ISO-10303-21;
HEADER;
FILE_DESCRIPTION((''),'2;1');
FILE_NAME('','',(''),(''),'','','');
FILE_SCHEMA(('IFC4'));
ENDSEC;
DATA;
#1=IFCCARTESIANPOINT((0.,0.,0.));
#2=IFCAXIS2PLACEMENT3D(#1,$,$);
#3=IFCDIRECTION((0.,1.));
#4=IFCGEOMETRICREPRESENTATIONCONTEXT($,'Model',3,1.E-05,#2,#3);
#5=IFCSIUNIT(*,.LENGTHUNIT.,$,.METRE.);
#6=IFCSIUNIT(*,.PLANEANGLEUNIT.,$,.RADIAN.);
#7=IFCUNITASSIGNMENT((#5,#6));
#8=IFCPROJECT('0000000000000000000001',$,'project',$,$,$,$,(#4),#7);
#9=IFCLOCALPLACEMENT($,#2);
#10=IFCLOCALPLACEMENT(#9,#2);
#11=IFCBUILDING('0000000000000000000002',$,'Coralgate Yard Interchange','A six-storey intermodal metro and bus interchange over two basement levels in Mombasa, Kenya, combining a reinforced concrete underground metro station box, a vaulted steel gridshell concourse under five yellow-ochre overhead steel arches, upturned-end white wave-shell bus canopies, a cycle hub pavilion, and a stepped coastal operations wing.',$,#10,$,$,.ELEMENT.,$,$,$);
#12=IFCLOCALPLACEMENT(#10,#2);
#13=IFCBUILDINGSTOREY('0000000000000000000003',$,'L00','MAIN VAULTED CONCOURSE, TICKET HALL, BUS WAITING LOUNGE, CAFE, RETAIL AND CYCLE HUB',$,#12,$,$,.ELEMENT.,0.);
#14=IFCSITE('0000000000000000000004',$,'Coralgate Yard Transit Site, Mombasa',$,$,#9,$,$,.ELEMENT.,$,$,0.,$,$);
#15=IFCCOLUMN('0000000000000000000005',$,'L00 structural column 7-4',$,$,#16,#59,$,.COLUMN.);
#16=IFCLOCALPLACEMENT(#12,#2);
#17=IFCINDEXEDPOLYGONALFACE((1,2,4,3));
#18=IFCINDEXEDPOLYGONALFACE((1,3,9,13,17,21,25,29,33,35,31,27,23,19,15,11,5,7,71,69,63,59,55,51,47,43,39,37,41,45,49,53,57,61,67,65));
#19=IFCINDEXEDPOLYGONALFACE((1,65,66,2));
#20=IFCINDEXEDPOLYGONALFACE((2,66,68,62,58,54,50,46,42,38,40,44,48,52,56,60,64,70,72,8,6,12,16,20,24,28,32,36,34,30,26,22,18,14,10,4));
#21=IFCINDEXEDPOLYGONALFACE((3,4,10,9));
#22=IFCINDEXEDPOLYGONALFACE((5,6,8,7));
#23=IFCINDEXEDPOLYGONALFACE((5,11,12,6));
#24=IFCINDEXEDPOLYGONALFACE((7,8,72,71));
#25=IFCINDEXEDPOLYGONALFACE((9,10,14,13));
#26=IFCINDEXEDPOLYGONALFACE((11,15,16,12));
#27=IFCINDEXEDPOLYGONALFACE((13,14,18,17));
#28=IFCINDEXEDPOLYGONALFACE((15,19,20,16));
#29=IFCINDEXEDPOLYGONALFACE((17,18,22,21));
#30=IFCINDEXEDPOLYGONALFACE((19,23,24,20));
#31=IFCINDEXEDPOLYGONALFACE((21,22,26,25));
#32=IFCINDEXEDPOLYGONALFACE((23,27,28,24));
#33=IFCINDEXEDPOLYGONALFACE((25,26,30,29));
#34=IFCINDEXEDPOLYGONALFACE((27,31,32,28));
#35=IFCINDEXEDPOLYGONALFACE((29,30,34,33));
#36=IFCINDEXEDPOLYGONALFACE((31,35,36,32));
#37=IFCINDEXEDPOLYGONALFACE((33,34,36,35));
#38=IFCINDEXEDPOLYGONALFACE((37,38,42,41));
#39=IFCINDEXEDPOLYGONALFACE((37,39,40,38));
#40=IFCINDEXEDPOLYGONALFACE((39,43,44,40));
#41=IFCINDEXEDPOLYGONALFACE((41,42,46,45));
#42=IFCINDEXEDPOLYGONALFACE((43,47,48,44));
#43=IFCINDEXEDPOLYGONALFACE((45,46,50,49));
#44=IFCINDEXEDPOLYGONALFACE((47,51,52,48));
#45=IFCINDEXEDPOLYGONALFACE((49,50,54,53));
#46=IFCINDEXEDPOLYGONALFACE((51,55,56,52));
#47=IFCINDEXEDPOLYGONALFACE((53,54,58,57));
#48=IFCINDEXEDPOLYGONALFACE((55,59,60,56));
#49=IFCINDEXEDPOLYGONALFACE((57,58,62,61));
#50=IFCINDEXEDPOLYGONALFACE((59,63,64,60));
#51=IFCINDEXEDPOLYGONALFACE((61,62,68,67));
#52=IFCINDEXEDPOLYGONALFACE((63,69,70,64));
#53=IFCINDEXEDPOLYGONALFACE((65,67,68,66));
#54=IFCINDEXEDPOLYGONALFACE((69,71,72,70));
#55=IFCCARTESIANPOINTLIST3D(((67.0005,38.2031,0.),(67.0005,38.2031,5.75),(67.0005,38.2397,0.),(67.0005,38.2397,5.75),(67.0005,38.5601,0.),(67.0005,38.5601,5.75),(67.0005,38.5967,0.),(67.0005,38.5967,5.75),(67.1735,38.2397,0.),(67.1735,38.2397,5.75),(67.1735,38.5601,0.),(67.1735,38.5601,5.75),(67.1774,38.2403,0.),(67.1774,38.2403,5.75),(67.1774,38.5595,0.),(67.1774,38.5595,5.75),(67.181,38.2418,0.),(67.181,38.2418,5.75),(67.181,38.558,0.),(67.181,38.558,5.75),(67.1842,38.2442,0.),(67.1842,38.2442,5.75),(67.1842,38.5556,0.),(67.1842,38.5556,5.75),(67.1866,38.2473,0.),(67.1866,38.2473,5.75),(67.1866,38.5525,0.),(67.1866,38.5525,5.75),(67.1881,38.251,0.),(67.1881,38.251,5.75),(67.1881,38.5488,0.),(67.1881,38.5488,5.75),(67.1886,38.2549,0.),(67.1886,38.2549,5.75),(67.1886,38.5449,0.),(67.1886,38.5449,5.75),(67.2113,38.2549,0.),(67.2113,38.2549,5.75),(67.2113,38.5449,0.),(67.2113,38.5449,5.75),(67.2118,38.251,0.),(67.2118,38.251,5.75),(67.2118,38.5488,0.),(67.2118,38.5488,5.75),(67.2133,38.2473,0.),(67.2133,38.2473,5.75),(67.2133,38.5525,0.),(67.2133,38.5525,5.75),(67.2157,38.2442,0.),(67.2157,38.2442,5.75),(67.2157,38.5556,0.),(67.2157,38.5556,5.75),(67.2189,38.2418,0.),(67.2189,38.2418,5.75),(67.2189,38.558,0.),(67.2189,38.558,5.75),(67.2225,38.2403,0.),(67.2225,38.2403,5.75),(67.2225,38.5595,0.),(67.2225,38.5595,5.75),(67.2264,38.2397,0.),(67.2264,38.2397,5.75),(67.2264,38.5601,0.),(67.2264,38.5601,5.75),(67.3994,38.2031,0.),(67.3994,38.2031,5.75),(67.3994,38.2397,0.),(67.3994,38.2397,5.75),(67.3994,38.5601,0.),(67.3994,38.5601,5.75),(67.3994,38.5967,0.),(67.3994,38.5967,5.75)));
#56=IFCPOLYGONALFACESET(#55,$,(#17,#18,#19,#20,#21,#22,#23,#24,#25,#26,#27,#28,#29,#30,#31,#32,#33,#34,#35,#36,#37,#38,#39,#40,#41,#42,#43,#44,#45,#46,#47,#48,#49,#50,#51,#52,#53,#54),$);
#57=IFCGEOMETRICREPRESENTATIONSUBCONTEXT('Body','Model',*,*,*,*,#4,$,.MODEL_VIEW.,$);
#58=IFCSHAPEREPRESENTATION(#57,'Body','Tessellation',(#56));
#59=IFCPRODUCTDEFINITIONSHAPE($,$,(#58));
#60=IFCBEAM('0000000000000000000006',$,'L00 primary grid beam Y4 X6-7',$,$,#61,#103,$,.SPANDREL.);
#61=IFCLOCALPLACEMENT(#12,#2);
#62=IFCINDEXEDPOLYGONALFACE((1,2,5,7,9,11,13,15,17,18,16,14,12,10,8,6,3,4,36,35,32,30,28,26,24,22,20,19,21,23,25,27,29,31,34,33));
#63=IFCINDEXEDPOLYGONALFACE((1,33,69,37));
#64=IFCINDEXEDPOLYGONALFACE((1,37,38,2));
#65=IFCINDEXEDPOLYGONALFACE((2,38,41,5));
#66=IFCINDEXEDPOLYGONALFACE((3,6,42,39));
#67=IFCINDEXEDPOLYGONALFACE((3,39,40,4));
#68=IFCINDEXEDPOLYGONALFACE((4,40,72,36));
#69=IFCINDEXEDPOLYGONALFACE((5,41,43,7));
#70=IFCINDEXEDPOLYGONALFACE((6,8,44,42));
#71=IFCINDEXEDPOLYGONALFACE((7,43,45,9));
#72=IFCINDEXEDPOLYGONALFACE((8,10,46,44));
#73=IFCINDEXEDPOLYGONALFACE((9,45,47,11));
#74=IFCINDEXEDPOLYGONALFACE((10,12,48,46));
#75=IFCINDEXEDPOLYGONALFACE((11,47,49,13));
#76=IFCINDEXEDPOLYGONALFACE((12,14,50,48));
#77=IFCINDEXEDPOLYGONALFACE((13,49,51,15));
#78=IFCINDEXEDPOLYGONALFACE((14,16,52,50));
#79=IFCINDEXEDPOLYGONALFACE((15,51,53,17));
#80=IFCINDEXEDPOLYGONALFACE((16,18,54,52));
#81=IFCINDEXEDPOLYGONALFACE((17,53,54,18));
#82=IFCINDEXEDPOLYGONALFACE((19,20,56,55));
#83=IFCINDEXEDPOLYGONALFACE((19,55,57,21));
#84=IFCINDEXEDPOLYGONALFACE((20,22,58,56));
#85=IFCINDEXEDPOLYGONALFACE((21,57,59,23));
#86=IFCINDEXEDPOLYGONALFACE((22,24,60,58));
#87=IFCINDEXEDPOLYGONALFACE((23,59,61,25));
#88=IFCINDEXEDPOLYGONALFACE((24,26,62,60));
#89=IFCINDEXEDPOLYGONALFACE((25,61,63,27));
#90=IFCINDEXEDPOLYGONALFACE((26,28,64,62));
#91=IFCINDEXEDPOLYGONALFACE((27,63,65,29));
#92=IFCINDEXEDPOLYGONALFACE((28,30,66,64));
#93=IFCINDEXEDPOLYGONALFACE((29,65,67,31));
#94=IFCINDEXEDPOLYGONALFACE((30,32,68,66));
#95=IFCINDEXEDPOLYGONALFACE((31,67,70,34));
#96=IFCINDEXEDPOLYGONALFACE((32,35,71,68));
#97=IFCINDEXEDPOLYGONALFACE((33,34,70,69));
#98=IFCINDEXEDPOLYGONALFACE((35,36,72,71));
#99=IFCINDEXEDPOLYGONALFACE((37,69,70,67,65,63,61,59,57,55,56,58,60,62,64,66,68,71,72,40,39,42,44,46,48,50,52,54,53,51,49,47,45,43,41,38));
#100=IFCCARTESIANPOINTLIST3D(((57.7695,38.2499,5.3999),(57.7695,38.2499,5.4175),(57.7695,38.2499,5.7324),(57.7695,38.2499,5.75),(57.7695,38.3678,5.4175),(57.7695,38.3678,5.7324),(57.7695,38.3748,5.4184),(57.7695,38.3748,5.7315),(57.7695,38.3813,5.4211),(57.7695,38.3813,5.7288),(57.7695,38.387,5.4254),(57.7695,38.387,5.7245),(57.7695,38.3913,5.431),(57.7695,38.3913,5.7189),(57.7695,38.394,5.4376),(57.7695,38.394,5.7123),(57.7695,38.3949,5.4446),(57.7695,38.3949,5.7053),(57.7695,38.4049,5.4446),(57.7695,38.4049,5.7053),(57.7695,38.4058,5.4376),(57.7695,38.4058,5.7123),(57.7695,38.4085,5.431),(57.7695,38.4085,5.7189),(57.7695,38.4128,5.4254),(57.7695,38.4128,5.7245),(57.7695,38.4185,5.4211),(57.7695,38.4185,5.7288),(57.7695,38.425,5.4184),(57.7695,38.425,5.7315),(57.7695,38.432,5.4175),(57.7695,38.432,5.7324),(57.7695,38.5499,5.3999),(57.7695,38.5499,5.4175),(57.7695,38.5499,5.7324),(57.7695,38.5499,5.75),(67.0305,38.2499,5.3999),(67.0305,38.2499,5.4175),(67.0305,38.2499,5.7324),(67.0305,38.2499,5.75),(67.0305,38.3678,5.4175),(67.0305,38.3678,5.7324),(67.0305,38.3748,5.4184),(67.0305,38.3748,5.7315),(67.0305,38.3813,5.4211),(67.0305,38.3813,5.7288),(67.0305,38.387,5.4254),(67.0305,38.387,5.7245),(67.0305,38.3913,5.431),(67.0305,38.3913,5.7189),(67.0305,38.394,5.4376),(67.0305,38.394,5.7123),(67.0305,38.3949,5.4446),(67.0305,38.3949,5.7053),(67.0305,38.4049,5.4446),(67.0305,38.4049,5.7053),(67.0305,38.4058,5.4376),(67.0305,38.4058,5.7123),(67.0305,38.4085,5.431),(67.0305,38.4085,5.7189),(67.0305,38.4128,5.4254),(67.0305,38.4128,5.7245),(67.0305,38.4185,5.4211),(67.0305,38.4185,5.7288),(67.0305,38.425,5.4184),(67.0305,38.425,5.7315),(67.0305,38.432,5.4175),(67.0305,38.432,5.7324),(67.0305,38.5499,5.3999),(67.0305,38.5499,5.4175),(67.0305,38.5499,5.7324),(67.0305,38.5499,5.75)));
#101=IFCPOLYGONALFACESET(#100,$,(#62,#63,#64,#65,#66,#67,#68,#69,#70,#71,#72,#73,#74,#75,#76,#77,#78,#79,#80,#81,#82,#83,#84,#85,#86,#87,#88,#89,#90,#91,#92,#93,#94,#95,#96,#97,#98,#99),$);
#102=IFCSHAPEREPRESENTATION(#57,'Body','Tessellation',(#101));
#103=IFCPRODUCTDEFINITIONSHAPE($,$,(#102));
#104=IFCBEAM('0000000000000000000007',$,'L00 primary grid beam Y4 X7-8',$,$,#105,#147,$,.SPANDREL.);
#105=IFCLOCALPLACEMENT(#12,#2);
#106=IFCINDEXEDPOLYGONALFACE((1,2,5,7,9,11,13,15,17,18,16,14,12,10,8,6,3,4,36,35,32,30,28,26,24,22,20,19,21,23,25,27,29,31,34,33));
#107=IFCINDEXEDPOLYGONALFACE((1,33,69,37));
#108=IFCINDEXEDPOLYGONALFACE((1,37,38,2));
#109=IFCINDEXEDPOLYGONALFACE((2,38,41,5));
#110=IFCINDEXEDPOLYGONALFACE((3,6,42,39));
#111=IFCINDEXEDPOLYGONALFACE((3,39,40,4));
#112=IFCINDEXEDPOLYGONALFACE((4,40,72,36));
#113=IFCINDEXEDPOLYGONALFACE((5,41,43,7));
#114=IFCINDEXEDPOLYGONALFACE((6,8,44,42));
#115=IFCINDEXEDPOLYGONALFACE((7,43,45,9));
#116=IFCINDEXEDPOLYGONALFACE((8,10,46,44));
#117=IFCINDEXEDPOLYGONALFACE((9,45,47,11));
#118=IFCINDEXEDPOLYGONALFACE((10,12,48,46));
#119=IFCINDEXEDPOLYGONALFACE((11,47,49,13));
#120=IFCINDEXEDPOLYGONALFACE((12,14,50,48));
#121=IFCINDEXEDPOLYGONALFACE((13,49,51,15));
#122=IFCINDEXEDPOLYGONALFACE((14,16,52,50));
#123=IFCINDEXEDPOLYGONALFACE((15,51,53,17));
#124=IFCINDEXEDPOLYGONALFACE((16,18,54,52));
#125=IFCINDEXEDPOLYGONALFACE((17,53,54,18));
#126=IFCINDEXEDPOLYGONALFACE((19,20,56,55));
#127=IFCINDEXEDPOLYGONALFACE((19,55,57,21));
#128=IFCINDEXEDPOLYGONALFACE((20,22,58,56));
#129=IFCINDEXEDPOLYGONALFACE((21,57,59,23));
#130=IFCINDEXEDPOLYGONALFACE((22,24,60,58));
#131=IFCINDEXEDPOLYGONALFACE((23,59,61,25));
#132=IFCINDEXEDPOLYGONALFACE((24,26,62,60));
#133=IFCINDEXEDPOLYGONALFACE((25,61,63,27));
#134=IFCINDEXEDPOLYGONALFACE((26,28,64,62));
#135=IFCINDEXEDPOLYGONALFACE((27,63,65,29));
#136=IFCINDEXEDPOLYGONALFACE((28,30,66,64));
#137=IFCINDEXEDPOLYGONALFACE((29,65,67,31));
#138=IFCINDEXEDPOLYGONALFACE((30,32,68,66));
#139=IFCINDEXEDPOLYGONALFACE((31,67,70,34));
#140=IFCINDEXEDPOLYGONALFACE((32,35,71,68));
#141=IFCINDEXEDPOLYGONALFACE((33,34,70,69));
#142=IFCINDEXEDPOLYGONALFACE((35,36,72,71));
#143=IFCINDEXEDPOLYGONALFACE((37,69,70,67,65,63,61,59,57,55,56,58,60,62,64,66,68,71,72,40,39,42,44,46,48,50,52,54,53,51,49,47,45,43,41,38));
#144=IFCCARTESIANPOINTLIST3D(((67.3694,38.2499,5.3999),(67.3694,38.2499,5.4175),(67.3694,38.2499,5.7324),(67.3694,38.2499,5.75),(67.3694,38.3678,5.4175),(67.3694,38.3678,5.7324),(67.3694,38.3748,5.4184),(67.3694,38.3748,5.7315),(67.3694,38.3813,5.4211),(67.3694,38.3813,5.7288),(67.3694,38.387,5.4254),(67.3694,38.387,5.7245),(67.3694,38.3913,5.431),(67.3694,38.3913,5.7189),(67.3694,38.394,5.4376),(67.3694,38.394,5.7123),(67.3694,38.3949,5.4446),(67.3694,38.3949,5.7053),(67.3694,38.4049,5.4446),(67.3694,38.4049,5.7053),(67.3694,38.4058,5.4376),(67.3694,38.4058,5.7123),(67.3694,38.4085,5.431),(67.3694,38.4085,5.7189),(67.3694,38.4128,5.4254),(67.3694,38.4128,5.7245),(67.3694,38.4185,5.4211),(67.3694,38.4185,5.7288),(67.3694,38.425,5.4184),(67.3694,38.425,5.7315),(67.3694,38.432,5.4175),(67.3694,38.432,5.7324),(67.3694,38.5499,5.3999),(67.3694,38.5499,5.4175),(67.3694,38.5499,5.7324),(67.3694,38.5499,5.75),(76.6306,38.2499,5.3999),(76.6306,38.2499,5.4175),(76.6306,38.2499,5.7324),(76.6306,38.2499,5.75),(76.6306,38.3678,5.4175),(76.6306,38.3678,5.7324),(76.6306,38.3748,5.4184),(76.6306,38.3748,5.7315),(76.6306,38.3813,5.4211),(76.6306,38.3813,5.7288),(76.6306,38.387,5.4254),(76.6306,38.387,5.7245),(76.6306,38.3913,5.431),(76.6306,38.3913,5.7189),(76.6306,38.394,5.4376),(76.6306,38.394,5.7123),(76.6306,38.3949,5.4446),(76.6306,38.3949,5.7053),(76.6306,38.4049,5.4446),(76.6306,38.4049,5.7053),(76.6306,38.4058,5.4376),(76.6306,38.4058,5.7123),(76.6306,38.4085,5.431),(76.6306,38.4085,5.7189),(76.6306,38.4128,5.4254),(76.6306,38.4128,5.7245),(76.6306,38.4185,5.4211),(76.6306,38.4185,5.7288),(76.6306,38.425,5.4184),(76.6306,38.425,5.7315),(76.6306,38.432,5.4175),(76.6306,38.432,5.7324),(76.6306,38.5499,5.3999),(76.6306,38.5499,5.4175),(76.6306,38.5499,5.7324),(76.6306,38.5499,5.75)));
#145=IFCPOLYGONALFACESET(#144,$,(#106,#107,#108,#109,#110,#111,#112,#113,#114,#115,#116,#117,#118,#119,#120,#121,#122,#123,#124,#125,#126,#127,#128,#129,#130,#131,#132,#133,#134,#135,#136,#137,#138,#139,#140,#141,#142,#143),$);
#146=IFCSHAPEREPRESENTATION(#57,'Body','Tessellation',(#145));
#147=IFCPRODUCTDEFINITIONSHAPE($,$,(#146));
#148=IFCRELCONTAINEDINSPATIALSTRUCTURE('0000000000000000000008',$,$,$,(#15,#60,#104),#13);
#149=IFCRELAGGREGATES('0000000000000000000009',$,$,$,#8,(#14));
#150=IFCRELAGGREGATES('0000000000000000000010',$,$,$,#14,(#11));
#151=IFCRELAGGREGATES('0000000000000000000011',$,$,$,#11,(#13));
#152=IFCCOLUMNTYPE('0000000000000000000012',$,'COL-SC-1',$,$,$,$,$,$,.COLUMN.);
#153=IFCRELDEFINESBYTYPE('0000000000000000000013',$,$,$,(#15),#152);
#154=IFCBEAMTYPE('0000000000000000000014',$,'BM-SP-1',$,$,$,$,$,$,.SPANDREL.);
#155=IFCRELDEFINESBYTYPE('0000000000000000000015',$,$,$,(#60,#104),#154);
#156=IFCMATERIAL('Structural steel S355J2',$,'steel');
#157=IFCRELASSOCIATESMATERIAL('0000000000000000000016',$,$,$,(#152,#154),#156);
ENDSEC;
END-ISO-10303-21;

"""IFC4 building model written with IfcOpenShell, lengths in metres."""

from ifc_helpers import new_model, si_unit, direction, frame, origin, origin_2d, place, context, subcontext, project, spatial, i_section, extrude, material, material_profile, profile_set, type_object, element, save


model = new_model("IFC4")

# Units and contexts
model_context = context("Model", 3, precision=1e-05, world=origin(), true_north=direction((0.0, 1.0)))
body_context = subcontext(model_context, "Body", "Model", "MODEL_VIEW")
ifc_project = project(units=[si_unit("LENGTHUNIT", "METRE"), si_unit("PLANEANGLEUNIT", "RADIAN")], contexts=[model_context])

# Site, building, storey
site_placement = place(None, origin())
site = spatial("IfcSite", under=ifc_project, at=site_placement, Name="Coralgate Yard Transit Site, Mombasa", CompositionType="ELEMENT", RefElevation=0.0)
building_placement = place(site_placement, origin())
building = spatial("IfcBuilding", under=site, at=building_placement, Name="Coralgate Yard Interchange", Description="A six-storey intermodal metro and bus interchange over two basement levels in Mombasa, Kenya, combining a reinforced concrete underground metro station box, a vaulted steel gridshell concourse under five yellow-ochre overhead steel arches, upturned-end white wave-shell bus canopies, a cycle hub pavilion, and a stepped coastal operations wing.", CompositionType="ELEMENT")
storey_placement = place(building_placement, origin())
storey = spatial("IfcBuildingStorey", under=building, at=storey_placement, Name="L00", Description="MAIN VAULTED CONCOURSE, TICKET HALL, BUS WAITING LOUNGE, CAFE, RETAIL AND CYCLE HUB", CompositionType="ELEMENT", Elevation=0.0)

# Column
ifc_material_1 = material(Name="Structural steel S355J2", Category="steel")
ifc_material_profile_1 = material_profile(ifc_material_1, i_section(OverallWidth=0.3989, OverallDepth=0.3936, WebThickness=0.0227, FlangeThickness=0.0366, FilletRadius=0.0151, at=origin_2d()), Name="UC 356x406x287")
ifc_profile_set_1 = profile_set([ifc_material_profile_1], Name="Structural steel S355J2")
column_type_1 = type_object("IfcColumnType", Name="COL-SC-1", PredefinedType="COLUMN", material=ifc_profile_set_1)
for number, where, z_axis, x_axis, name in (
    (1, (67.2, 38.3999, 0.0), (0.0, 0.0, 1.0), (1.0, 0.0, 0.0), "L00 structural column 7-4"),
):
    element("IfcColumn", number, at=place(storey_placement, frame(where, z_axis=z_axis, x_axis=x_axis)), inside=storey, type_object=column_type_1, Name=name, PredefinedType="COLUMN", context=body_context, shape_type="SweptSolid", body=[
        extrude(i_section(OverallWidth=0.3989, OverallDepth=0.3936, WebThickness=0.0227, FlangeThickness=0.0366, FilletRadius=0.0151, at=origin_2d()), origin(), (0.0, 0.0, 1.0), 5.75),
    ])

# Beams
ifc_material_profile_2 = material_profile(ifc_material_1, i_section(OverallWidth=0.3, OverallDepth=0.3501, WebThickness=0.01, FlangeThickness=0.0176, FilletRadius=0.0271, at=origin_2d()), Name="HEA 360")
ifc_profile_set_2 = profile_set([ifc_material_profile_2], Name="Structural steel S355J2")
beam_type = type_object("IfcBeamType", Name="BM-SP-1", PredefinedType="SPANDREL", material=ifc_profile_set_2)
beam_1_placement = place(storey_placement, frame((57.7695, 38.3999, 5.575), z_axis=(1.0, 0.0, 0.0), x_axis=(0.0, 1.0, 0.0)))
element("IfcBeam", 2, at=beam_1_placement, inside=storey, type_object=beam_type, Name="L00 primary grid beam Y4 X6-7", PredefinedType="SPANDREL", context=body_context, shape_type="SweptSolid", body=[
    extrude(i_section(OverallWidth=0.3, OverallDepth=0.3501, WebThickness=0.01, FlangeThickness=0.0176, FilletRadius=0.0271, at=origin_2d()), origin(), (0.0, 0.0, 1.0), 9.261),
])
beam_2_placement = place(storey_placement, frame((67.3694, 38.3999, 5.575), z_axis=(1.0, 0.0, 0.0), x_axis=(0.0, 1.0, 0.0)))
element("IfcBeam", 3, at=beam_2_placement, inside=storey, type_object=beam_type, Name="L00 primary grid beam Y4 X7-8", PredefinedType="SPANDREL", context=body_context, shape_type="SweptSolid", body=[
    extrude(i_section(OverallWidth=0.3, OverallDepth=0.3501, WebThickness=0.01, FlangeThickness=0.0176, FilletRadius=0.0271, at=origin_2d()), origin(), (0.0, 0.0, 1.0), 9.2612),
])

save(model, "model.ifc")
